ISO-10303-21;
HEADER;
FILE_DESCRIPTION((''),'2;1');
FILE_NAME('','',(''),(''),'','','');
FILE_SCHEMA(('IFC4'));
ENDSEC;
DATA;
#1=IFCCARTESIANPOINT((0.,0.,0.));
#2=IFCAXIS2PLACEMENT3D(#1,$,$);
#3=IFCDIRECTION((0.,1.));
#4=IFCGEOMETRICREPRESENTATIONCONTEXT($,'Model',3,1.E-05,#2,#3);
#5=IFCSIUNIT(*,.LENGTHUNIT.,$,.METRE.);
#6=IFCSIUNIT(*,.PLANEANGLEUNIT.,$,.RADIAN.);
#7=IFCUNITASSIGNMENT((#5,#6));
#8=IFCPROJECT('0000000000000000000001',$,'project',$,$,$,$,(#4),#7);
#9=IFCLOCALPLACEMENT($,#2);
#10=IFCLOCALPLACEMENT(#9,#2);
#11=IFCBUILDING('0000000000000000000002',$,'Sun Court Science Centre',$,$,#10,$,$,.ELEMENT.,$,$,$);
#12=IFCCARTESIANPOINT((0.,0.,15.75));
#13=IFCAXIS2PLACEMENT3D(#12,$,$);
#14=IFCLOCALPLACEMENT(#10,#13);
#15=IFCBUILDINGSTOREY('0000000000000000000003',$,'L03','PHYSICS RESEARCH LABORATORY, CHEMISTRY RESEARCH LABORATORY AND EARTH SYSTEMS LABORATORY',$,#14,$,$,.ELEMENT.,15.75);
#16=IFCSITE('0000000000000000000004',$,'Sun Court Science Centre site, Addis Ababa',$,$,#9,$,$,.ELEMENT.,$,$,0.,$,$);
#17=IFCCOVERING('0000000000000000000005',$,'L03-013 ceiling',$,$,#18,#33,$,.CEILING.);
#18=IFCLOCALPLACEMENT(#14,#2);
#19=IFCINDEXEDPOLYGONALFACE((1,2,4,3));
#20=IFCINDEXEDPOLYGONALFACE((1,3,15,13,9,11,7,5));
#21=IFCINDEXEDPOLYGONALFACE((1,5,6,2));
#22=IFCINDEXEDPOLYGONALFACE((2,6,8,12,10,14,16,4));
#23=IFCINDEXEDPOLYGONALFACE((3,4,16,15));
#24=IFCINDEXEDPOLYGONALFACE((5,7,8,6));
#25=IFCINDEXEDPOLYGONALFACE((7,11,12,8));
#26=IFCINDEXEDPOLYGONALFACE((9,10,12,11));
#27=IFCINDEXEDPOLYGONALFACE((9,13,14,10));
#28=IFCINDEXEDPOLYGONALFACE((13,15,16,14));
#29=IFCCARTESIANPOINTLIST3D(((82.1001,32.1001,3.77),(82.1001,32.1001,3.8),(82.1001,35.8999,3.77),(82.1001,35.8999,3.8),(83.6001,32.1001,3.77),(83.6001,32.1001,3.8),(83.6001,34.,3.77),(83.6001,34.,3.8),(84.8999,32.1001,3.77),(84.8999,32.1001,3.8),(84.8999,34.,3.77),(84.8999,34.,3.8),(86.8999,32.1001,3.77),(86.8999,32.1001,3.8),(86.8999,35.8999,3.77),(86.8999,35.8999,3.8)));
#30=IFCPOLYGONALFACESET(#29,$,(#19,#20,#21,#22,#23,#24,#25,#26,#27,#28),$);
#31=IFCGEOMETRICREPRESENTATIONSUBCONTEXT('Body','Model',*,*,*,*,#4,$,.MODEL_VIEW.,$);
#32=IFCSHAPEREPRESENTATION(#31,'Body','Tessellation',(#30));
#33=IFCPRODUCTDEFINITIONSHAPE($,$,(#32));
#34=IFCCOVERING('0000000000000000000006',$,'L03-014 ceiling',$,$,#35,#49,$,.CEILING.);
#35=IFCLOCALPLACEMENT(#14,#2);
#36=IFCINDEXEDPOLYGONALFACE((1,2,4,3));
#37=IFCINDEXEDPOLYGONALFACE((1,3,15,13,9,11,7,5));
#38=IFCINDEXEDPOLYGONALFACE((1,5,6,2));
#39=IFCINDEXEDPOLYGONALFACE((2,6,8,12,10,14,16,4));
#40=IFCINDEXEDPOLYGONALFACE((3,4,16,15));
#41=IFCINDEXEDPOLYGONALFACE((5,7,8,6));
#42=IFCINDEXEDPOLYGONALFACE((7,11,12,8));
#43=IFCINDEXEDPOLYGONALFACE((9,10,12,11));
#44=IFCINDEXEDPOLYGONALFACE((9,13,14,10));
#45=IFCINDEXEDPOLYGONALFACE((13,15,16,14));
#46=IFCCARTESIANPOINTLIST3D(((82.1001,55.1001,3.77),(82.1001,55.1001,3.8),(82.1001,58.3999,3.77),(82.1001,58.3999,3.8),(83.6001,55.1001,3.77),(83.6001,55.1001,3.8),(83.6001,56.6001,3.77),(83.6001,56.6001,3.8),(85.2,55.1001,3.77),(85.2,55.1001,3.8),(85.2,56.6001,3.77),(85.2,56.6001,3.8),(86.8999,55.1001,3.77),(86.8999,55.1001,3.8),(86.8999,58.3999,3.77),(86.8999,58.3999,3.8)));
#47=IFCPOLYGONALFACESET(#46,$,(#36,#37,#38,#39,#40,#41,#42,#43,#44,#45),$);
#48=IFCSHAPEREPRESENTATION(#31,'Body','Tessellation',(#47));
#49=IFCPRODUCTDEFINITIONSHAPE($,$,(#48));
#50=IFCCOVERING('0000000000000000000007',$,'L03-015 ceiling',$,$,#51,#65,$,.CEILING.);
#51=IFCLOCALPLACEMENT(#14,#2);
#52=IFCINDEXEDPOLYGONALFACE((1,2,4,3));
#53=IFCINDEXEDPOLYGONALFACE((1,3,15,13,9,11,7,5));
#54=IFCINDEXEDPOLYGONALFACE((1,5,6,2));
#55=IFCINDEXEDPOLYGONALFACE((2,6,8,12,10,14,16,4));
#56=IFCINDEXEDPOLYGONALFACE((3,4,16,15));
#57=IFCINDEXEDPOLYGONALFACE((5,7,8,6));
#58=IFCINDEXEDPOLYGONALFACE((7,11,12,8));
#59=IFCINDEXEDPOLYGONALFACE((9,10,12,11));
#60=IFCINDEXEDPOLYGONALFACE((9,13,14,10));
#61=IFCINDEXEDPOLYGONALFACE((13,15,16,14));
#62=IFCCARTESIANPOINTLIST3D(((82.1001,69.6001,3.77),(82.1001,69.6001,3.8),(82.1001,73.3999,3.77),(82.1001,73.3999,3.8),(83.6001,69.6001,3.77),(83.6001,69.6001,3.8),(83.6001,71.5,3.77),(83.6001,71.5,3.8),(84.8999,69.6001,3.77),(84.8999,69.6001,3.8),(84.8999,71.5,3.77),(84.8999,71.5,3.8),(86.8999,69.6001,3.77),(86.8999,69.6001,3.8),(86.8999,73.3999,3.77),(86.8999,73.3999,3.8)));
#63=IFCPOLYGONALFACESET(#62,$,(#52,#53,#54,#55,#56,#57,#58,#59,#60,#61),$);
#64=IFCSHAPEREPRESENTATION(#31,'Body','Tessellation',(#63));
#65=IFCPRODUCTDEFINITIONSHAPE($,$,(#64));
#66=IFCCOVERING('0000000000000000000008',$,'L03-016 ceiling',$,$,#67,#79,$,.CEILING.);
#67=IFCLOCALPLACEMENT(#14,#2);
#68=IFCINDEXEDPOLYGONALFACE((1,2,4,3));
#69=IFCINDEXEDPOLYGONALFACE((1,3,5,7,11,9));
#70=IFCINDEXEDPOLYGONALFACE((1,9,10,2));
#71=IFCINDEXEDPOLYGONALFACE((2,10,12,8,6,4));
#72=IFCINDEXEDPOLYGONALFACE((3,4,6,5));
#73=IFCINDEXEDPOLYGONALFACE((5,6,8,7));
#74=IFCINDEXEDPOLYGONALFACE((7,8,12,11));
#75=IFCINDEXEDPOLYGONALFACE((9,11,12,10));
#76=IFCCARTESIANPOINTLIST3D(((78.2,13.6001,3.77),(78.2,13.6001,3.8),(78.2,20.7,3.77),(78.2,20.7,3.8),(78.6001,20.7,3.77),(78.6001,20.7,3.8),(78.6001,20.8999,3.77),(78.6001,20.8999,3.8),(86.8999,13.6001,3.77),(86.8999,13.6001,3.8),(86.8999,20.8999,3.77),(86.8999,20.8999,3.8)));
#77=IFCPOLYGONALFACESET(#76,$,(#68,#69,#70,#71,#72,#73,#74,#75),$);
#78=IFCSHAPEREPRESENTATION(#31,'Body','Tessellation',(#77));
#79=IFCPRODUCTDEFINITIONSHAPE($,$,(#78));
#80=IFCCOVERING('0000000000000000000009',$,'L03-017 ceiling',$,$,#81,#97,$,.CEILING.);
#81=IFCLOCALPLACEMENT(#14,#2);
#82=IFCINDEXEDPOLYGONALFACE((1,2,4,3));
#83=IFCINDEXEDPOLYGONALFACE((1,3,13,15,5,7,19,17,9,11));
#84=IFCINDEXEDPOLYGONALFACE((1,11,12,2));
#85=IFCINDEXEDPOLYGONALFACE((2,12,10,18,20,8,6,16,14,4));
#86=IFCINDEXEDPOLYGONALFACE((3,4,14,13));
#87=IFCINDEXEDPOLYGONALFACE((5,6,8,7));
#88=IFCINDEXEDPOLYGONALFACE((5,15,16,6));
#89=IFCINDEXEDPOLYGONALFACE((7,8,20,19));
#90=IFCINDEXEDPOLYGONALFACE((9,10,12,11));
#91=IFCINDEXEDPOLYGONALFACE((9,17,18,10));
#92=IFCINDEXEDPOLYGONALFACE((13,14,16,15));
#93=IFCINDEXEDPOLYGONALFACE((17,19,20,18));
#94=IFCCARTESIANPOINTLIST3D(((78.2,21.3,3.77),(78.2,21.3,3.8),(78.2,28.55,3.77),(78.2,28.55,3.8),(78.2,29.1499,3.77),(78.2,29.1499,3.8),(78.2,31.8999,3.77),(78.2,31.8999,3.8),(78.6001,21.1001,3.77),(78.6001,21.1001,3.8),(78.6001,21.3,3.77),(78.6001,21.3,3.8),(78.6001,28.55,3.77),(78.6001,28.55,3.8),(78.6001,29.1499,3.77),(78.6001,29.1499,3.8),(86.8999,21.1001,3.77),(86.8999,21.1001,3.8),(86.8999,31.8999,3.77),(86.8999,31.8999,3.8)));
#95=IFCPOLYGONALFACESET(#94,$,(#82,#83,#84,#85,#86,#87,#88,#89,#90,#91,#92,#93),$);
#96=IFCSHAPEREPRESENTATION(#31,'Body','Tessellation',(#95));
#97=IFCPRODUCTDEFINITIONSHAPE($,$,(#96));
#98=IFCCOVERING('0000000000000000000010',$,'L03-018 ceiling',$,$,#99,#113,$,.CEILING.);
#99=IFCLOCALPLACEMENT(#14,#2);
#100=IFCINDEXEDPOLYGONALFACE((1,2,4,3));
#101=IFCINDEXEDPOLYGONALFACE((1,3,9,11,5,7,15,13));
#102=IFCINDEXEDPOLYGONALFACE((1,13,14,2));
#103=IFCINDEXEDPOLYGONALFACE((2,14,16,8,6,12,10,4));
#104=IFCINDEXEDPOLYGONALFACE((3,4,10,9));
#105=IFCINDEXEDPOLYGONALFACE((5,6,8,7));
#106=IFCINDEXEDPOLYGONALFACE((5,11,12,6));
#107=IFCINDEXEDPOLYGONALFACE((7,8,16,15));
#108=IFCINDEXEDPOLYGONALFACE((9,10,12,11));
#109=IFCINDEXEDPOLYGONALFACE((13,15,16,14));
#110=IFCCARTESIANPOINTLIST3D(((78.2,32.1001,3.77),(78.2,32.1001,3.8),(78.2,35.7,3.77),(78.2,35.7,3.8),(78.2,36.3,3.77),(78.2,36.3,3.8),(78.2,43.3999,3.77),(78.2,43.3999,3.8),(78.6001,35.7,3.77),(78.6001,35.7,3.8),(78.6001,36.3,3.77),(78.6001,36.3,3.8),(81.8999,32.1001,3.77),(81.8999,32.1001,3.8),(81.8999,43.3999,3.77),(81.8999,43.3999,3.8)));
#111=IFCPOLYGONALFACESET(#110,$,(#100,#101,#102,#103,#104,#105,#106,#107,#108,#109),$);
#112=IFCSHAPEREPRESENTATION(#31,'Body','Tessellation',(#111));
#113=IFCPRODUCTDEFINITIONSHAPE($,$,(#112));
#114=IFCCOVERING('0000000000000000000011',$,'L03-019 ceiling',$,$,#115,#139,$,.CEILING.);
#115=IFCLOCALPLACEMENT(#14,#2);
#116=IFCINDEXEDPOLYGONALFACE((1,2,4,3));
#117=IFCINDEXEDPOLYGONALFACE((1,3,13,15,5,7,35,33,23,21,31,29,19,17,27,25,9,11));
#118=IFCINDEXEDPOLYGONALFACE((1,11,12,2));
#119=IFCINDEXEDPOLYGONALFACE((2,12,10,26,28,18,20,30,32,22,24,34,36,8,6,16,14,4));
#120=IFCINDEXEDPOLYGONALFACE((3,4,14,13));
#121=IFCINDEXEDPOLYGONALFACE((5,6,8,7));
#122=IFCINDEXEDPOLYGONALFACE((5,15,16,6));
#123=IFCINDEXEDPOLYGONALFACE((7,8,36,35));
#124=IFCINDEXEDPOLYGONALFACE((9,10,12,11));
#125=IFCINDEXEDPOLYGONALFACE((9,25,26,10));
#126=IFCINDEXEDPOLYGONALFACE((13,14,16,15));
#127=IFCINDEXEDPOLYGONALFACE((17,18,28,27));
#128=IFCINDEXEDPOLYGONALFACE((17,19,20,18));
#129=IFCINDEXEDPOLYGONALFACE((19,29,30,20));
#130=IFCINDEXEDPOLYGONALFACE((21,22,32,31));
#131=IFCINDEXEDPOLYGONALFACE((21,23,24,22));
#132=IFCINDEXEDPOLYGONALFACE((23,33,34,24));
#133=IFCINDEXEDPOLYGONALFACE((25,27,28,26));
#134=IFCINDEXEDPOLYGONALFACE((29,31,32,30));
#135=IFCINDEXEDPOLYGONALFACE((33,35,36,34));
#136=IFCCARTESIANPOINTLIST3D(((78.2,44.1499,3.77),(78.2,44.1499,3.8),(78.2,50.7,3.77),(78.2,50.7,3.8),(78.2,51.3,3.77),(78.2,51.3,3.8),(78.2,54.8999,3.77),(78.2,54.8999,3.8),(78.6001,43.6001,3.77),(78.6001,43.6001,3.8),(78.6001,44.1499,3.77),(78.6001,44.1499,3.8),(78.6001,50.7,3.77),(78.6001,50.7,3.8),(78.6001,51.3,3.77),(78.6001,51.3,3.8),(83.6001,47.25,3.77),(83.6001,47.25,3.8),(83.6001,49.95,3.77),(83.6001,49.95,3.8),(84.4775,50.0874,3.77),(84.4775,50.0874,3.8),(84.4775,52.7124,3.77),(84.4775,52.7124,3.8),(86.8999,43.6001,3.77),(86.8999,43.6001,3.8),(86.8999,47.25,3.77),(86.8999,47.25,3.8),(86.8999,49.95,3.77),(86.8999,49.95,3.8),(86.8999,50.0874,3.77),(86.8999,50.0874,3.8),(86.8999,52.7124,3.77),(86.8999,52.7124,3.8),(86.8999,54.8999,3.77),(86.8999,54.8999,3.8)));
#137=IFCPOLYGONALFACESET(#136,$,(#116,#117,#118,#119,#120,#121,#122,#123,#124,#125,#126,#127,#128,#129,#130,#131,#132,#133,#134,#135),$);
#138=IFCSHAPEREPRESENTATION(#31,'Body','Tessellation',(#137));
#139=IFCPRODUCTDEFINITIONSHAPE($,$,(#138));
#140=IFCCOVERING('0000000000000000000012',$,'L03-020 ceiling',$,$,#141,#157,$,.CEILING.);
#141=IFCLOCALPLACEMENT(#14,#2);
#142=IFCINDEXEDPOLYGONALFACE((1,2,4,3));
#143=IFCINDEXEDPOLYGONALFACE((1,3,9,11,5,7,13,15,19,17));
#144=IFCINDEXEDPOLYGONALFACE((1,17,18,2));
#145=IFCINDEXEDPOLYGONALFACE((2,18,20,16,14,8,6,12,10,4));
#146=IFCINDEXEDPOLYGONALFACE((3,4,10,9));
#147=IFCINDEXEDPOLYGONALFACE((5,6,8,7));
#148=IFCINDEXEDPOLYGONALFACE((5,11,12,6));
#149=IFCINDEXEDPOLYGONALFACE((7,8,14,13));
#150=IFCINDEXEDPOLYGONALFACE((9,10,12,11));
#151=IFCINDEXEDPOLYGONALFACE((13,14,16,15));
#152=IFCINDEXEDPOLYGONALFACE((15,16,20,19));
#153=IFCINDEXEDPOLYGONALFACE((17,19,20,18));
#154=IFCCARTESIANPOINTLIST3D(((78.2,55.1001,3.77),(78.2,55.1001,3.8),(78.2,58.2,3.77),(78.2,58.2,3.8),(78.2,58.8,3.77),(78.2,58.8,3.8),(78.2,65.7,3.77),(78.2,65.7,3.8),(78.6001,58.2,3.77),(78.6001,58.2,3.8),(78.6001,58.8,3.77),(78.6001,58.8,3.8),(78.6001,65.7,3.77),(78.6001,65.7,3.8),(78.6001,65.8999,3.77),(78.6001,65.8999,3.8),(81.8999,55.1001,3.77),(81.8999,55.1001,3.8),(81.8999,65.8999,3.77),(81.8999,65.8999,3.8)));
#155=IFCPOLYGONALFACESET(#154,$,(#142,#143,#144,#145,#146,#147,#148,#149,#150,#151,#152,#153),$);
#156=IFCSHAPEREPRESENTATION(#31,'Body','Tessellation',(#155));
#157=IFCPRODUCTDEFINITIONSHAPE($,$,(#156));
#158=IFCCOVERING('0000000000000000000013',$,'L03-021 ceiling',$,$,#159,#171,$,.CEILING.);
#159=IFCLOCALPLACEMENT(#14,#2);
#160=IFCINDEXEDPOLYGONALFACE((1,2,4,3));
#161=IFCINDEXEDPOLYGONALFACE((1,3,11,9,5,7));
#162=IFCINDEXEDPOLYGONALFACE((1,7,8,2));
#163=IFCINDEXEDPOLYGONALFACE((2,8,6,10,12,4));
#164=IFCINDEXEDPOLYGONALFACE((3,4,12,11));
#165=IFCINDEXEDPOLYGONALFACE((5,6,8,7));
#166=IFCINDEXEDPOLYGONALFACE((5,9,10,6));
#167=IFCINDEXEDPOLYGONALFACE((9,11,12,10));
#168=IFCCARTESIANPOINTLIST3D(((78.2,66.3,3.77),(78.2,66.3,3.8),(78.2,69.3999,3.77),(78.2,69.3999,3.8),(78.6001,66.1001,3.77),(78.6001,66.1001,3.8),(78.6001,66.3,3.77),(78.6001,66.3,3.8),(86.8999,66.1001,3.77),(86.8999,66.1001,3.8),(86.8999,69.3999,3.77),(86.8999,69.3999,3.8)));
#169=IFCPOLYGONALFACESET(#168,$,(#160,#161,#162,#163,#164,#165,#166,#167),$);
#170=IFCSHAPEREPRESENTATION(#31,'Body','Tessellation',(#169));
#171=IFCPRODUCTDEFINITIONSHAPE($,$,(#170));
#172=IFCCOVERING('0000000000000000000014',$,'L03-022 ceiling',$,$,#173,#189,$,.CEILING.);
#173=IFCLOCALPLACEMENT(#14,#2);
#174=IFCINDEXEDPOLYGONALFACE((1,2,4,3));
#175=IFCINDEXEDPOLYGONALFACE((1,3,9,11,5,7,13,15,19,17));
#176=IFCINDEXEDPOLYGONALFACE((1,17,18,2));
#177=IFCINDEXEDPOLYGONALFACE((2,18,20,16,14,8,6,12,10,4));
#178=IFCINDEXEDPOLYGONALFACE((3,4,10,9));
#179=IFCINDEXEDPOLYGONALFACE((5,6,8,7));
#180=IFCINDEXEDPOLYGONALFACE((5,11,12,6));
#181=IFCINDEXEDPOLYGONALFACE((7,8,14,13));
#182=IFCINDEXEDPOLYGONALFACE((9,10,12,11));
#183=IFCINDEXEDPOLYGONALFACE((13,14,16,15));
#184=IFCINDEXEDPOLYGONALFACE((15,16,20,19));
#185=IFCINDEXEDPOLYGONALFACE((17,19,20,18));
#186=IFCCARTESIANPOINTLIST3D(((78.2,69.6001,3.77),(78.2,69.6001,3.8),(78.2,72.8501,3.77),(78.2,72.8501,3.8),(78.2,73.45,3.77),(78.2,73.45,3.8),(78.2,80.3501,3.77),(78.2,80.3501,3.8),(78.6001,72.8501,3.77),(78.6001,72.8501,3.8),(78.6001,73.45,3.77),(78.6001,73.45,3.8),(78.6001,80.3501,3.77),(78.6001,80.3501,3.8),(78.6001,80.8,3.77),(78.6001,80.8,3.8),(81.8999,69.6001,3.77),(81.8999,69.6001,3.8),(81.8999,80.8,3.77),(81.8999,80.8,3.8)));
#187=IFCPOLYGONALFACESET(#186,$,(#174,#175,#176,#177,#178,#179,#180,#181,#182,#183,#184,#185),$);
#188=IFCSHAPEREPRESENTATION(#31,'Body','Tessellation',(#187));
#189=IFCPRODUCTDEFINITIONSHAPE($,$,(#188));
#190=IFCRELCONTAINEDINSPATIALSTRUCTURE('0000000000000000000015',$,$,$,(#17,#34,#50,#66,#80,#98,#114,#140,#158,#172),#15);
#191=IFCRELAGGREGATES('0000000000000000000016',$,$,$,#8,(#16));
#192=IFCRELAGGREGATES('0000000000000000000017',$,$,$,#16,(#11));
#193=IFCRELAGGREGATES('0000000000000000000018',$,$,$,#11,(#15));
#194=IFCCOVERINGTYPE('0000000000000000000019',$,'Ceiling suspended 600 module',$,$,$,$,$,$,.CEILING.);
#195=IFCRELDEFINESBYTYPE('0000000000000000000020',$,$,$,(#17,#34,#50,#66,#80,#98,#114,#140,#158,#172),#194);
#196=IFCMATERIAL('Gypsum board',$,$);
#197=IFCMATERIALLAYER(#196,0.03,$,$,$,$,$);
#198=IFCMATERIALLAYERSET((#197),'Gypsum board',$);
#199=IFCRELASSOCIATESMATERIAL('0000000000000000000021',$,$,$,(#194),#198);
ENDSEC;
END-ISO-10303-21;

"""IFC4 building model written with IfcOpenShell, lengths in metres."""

from ifc_helpers import new_model, si_unit, direction, frame, origin, place, context, subcontext, project, spatial, polyline, outline, extrude, material, layer, layer_set, type_object, element, save


model = new_model("IFC4")

# Units and contexts
model_context = context("Model", 3, precision=1e-05, world=origin(), true_north=direction((0.0, 1.0)))
body_context = subcontext(model_context, "Body", "Model", "MODEL_VIEW")
ifc_project = project(units=[si_unit("LENGTHUNIT", "METRE"), si_unit("PLANEANGLEUNIT", "RADIAN")], contexts=[model_context])

# Site, building, storey
site_placement = place(None, origin())
site = spatial("IfcSite", under=ifc_project, at=site_placement, Name="Sun Court Science Centre site, Addis Ababa", CompositionType="ELEMENT", RefElevation=0.0)
building_placement = place(site_placement, origin())
building = spatial("IfcBuilding", under=site, at=building_placement, Name="Sun Court Science Centre", CompositionType="ELEMENT")
storey_placement = place(building_placement, frame((0.0, 0.0, 15.75)))
storey = spatial("IfcBuildingStorey", under=building, at=storey_placement, Name="L03", Description="PHYSICS RESEARCH LABORATORY, CHEMISTRY RESEARCH LABORATORY AND EARTH SYSTEMS LABORATORY", CompositionType="ELEMENT", Elevation=15.75)

# Coverings
ifc_material_1 = material(Name="Gypsum board")
ifc_layer_1 = layer(ifc_material_1, 0.03)
ifc_layer_set_1 = layer_set([ifc_layer_1], Name="Gypsum board")
covering_type_1 = type_object("IfcCoveringType", Name="Ceiling suspended 600 module", PredefinedType="CEILING", material=ifc_layer_set_1)
covering_1_placement = place(storey_placement, frame((0.0, 0.0, 3.77)))
element("IfcCovering", 1, at=covering_1_placement, inside=storey, type_object=covering_type_1, Name="L03-013 ceiling", PredefinedType="CEILING", context=body_context, shape_type="SweptSolid", body=[
    extrude(outline(polyline([(84.8999, 34.0), (83.6001, 34.0), (83.6001, 32.1001), (82.1001, 32.1001), (82.1001, 35.8999), (86.8999, 35.8999), (86.8999, 32.1001), (84.8999, 32.1001), (84.8999, 34.0)])), origin(), (0.0, 0.0, 1.0), 0.03),
])
covering_2_placement = place(storey_placement, frame((0.0, 0.0, 3.77)))
element("IfcCovering", 2, at=covering_2_placement, inside=storey, type_object=covering_type_1, Name="L03-014 ceiling", PredefinedType="CEILING", context=body_context, shape_type="SweptSolid", body=[
    extrude(outline(polyline([(85.2, 56.6001), (83.6001, 56.6001), (83.6001, 55.1001), (82.1001, 55.1001), (82.1001, 58.3999), (86.8999, 58.3999), (86.8999, 55.1001), (85.2, 55.1001), (85.2, 56.6001)])), origin(), (0.0, 0.0, 1.0), 0.03),
])
covering_3_placement = place(storey_placement, frame((0.0, 0.0, 3.77)))
element("IfcCovering", 3, at=covering_3_placement, inside=storey, type_object=covering_type_1, Name="L03-015 ceiling", PredefinedType="CEILING", context=body_context, shape_type="SweptSolid", body=[
    extrude(outline(polyline([(84.8999, 71.5), (83.6001, 71.5), (83.6001, 69.6001), (82.1001, 69.6001), (82.1001, 73.3999), (86.8999, 73.3999), (86.8999, 69.6001), (84.8999, 69.6001), (84.8999, 71.5)])), origin(), (0.0, 0.0, 1.0), 0.03),
])
covering_4_placement = place(storey_placement, frame((0.0, 0.0, 3.77)))
element("IfcCovering", 4, at=covering_4_placement, inside=storey, type_object=covering_type_1, Name="L03-016 ceiling", PredefinedType="CEILING", context=body_context, shape_type="SweptSolid", body=[
    extrude(outline(polyline([(78.6001, 20.8999), (86.8999, 20.8999), (86.8999, 13.6001), (78.2, 13.6001), (78.2, 20.7), (78.6001, 20.7), (78.6001, 20.8999)])), origin(), (0.0, 0.0, 1.0), 0.03),
])
covering_5_placement = place(storey_placement, frame((0.0, 0.0, 3.77)))
element("IfcCovering", 5, at=covering_5_placement, inside=storey, type_object=covering_type_1, Name="L03-017 ceiling", PredefinedType="CEILING", context=body_context, shape_type="SweptSolid", body=[
    extrude(outline(polyline([(78.2, 31.8999), (86.8999, 31.8999), (86.8999, 21.1001), (78.6001, 21.1001), (78.6001, 21.3), (78.2, 21.3), (78.2, 28.55), (78.6001, 28.55), (78.6001, 29.1499), (78.2, 29.1499), (78.2, 31.8999)])), origin(), (0.0, 0.0, 1.0), 0.03),
])
covering_6_placement = place(storey_placement, frame((0.0, 0.0, 3.77)))
element("IfcCovering", 6, at=covering_6_placement, inside=storey, type_object=covering_type_1, Name="L03-018 ceiling", PredefinedType="CEILING", context=body_context, shape_type="SweptSolid", body=[
    extrude(outline(polyline([(78.2, 43.3999), (81.8999, 43.3999), (81.8999, 32.1001), (78.2, 32.1001), (78.2, 35.7), (78.6001, 35.7), (78.6001, 36.3), (78.2, 36.3), (78.2, 43.3999)])), origin(), (0.0, 0.0, 1.0), 0.03),
])
covering_7_placement = place(storey_placement, frame((0.0, 0.0, 3.77)))
element("IfcCovering", 7, at=covering_7_placement, inside=storey, type_object=covering_type_1, Name="L03-019 ceiling", PredefinedType="CEILING", context=body_context, shape_type="SweptSolid", body=[
    extrude(outline(polyline([(78.2, 54.8999), (86.8999, 54.8999), (86.8999, 52.7124), (84.4775, 52.7124), (84.4775, 50.0874), (86.8999, 50.0874), (86.8999, 49.95), (83.6001, 49.95), (83.6001, 47.25), (86.8999, 47.25), (86.8999, 43.6001), (78.6001, 43.6001), (78.6001, 44.1499), (78.2, 44.1499), (78.2, 50.7), (78.6001, 50.7), (78.6001, 51.3), (78.2, 51.3), (78.2, 54.8999)])), origin(), (0.0, 0.0, 1.0), 0.03),
])
covering_8_placement = place(storey_placement, frame((0.0, 0.0, 3.77)))
element("IfcCovering", 8, at=covering_8_placement, inside=storey, type_object=covering_type_1, Name="L03-020 ceiling", PredefinedType="CEILING", context=body_context, shape_type="SweptSolid", body=[
    extrude(outline(polyline([(78.6001, 65.8999), (81.8999, 65.8999), (81.8999, 55.1001), (78.2, 55.1001), (78.2, 58.2), (78.6001, 58.2), (78.6001, 58.8), (78.2, 58.8), (78.2, 65.7), (78.6001, 65.7), (78.6001, 65.8999)])), origin(), (0.0, 0.0, 1.0), 0.03),
])
covering_9_placement = place(storey_placement, frame((0.0, 0.0, 3.77)))
element("IfcCovering", 9, at=covering_9_placement, inside=storey, type_object=covering_type_1, Name="L03-021 ceiling", PredefinedType="CEILING", context=body_context, shape_type="SweptSolid", body=[
    extrude(outline(polyline([(78.2, 69.3999), (86.8999, 69.3999), (86.8999, 66.1001), (78.6001, 66.1001), (78.6001, 66.3), (78.2, 66.3), (78.2, 69.3999)])), origin(), (0.0, 0.0, 1.0), 0.03),
])
covering_10_placement = place(storey_placement, frame((0.0, 0.0, 3.77)))
element("IfcCovering", 10, at=covering_10_placement, inside=storey, type_object=covering_type_1, Name="L03-022 ceiling", PredefinedType="CEILING", context=body_context, shape_type="SweptSolid", body=[
    extrude(outline(polyline([(78.6001, 80.8), (81.8999, 80.8), (81.8999, 69.6001), (78.2, 69.6001), (78.2, 72.8501), (78.6001, 72.8501), (78.6001, 73.45), (78.2, 73.45), (78.2, 80.3501), (78.6001, 80.3501), (78.6001, 80.8)])), origin(), (0.0, 0.0, 1.0), 0.03),
])

save(model, "model.ifc")
